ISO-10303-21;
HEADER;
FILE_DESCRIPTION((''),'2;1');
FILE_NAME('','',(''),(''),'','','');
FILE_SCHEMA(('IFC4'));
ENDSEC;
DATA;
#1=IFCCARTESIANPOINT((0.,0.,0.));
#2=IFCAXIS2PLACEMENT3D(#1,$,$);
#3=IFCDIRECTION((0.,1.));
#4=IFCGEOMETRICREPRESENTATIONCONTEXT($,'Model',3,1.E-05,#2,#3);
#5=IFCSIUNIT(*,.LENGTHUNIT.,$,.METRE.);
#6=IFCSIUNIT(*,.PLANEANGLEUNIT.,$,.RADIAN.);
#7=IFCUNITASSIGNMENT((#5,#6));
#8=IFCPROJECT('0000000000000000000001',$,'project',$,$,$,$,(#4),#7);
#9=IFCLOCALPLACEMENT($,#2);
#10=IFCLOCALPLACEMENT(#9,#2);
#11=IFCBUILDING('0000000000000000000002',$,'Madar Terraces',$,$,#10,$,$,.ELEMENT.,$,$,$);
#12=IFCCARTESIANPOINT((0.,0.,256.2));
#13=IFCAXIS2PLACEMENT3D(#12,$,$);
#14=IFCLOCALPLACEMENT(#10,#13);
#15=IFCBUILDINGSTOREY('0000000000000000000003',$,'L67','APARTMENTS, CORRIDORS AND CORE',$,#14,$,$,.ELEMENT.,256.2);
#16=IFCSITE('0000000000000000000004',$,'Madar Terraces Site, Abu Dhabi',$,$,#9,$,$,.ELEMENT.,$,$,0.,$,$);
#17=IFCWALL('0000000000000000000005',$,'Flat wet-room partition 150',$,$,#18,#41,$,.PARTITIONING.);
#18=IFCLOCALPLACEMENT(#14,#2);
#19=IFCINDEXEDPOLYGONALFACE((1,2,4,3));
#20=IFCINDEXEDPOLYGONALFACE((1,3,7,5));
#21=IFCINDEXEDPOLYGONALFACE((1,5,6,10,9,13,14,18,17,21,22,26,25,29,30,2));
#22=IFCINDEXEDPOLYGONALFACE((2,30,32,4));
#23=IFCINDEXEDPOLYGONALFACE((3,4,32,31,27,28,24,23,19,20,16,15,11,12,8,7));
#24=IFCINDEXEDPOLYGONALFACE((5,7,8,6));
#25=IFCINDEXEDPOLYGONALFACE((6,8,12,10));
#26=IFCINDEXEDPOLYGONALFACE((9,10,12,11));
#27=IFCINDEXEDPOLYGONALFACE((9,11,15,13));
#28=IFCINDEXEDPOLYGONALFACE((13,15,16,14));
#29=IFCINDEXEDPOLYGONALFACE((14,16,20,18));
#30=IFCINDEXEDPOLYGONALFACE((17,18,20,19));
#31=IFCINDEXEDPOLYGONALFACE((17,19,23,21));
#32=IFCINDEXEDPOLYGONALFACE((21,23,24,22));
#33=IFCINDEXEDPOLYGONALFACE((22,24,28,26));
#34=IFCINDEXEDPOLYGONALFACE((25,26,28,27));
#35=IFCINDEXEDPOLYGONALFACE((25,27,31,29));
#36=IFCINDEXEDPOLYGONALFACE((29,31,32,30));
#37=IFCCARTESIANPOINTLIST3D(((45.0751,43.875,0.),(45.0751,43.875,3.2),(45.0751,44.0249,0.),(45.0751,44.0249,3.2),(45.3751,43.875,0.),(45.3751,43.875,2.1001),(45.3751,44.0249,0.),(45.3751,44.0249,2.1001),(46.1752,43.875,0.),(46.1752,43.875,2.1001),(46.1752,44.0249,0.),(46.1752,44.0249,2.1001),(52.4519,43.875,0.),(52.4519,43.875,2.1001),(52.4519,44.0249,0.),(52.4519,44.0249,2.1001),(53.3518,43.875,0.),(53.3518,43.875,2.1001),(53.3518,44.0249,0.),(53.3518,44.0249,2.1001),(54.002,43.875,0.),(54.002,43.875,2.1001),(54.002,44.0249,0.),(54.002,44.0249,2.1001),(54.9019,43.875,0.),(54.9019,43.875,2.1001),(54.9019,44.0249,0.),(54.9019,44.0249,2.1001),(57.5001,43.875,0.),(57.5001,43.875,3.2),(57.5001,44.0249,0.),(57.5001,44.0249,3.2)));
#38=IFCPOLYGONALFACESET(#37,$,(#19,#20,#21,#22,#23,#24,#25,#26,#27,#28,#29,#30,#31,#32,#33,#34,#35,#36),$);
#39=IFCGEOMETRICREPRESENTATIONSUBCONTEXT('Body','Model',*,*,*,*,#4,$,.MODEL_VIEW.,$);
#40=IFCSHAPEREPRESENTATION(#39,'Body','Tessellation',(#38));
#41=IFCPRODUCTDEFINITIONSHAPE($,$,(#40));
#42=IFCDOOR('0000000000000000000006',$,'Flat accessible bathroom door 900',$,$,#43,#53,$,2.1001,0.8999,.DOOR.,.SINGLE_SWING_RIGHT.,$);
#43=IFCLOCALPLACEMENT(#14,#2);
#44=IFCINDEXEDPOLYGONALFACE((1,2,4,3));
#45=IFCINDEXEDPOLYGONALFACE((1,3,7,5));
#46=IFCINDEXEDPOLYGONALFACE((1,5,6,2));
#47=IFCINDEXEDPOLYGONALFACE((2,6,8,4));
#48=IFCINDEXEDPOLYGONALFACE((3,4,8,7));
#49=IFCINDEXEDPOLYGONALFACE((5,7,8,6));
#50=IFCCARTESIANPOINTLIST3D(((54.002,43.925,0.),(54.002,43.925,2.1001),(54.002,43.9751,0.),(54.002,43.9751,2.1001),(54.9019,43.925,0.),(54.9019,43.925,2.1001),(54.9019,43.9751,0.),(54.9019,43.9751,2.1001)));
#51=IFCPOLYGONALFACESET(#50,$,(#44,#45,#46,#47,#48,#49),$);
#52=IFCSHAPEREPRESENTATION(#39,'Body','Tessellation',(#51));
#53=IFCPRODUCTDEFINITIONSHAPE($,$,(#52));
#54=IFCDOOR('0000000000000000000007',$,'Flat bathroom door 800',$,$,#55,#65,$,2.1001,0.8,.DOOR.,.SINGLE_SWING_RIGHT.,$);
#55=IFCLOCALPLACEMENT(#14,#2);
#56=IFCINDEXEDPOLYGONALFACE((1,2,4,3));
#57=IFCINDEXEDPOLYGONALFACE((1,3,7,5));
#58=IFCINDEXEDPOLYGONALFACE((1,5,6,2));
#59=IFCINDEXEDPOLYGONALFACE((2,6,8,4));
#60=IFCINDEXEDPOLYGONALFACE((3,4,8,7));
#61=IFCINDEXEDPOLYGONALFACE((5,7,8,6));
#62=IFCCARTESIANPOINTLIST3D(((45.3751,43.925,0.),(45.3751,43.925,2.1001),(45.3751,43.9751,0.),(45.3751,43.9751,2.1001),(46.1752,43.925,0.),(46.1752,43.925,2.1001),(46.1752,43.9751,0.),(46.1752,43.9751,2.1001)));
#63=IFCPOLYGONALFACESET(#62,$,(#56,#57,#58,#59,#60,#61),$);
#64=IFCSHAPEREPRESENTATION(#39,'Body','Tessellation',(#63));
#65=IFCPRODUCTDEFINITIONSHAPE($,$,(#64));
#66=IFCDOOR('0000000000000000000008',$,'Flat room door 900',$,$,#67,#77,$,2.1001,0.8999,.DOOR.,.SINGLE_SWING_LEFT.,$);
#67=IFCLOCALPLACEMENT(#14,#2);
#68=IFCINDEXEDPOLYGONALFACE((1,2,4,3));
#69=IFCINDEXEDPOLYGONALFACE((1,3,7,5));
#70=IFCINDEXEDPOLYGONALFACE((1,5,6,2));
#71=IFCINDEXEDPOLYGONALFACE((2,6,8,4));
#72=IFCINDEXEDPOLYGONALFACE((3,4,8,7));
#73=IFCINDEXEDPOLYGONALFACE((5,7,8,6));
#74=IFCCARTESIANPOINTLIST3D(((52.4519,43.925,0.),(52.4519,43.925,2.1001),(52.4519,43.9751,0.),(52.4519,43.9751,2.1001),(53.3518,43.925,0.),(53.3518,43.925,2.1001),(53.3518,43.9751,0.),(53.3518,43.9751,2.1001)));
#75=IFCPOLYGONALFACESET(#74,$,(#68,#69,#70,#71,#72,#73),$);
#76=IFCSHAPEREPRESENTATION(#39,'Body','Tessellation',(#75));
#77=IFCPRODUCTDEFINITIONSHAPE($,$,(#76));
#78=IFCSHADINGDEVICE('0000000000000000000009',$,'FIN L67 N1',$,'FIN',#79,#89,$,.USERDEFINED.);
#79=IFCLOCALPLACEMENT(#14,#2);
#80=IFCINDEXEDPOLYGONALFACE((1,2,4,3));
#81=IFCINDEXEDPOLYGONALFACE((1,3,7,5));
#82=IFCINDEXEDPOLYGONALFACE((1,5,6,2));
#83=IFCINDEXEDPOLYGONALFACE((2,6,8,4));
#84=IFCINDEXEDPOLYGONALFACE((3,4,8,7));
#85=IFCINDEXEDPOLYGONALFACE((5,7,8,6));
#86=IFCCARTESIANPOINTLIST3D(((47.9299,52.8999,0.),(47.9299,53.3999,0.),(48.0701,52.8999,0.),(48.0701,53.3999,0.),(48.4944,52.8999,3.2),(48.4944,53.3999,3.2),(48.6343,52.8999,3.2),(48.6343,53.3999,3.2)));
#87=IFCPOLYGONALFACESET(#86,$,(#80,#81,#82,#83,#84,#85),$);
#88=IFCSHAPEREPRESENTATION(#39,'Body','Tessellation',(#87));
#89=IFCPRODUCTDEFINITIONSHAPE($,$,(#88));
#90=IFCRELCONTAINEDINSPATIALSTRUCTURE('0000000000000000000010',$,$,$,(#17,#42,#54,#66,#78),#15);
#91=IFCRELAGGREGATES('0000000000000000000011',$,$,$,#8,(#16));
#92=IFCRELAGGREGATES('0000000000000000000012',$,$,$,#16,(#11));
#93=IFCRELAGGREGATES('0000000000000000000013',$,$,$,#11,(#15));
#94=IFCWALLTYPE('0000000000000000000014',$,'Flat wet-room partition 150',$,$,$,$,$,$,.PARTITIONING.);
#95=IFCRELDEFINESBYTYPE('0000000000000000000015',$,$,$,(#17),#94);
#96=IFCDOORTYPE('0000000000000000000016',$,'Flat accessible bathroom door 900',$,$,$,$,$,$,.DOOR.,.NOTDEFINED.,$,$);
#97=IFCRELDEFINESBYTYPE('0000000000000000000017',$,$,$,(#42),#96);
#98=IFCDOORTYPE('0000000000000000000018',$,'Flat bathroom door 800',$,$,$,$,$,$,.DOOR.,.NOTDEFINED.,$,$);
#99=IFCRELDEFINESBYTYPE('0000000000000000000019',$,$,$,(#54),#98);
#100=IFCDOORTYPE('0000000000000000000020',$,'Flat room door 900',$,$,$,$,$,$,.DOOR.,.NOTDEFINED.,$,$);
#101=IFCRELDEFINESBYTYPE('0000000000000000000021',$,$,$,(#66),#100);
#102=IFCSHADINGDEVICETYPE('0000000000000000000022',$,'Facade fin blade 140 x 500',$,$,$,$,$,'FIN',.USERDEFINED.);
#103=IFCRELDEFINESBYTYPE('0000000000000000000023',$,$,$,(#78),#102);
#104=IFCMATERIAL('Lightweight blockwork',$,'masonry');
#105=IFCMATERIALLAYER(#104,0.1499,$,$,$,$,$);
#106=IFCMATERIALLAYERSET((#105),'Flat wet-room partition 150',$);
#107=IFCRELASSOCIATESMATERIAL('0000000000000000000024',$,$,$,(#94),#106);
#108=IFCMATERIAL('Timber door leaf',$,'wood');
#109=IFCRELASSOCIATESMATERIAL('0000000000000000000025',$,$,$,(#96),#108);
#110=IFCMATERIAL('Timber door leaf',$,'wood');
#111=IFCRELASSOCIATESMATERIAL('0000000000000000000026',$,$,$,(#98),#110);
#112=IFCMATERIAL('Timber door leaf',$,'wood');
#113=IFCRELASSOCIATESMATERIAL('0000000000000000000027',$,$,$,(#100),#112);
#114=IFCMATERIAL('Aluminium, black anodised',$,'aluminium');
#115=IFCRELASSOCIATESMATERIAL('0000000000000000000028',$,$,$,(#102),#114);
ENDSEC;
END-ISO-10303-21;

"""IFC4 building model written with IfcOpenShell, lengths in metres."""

from ifc_helpers import new_model, si_unit, direction, frame, frame_2d, origin, place, context, subcontext, project, spatial, polyline, rectangle, outline, extrude, material, layer, layer_set, type_object, element, fill, save


model = new_model("IFC4")

# Units and contexts
model_context = context("Model", 3, precision=1e-05, world=origin(), true_north=direction((0.0, 1.0)))
body_context = subcontext(model_context, "Body", "Model", "MODEL_VIEW")
ifc_project = project(units=[si_unit("LENGTHUNIT", "METRE"), si_unit("PLANEANGLEUNIT", "RADIAN")], contexts=[model_context])

# Site, building, storey
site_placement = place(None, origin())
site = spatial("IfcSite", under=ifc_project, at=site_placement, Name="Madar Terraces Site, Abu Dhabi", CompositionType="ELEMENT", RefElevation=0.0)
building_placement = place(site_placement, origin())
building = spatial("IfcBuilding", under=site, at=building_placement, Name="Madar Terraces", CompositionType="ELEMENT")
storey_placement = place(building_placement, frame((0.0, 0.0, 256.2)))
storey = spatial("IfcBuildingStorey", under=building, at=storey_placement, Name="L67", Description="APARTMENTS, CORRIDORS AND CORE", CompositionType="ELEMENT", Elevation=256.2)

# Wall, openings, doors
ifc_material_1 = material(Name="Lightweight blockwork", Category="masonry")
ifc_layer_1 = layer(ifc_material_1, 0.1499)
ifc_layer_set_1 = layer_set([ifc_layer_1], Name="Flat wet-room partition 150")
wall_type_1 = type_object("IfcWallType", Name="Flat wet-room partition 150", PredefinedType="PARTITIONING", material=ifc_layer_set_1)
wall_1_placement = place(storey_placement, frame((57.5, 43.95, 0.0), z_axis=(0.0, 0.0, 1.0), x_axis=(-1.0, 0.0, 0.0)))
wall_1 = element("IfcWall", 1, at=wall_1_placement, inside=storey, type_object=wall_type_1, Name="Flat wet-room partition 150", PredefinedType="PARTITIONING", context=body_context, shape_type="SweptSolid", body=[
    extrude(rectangle(XDim=12.425, YDim=0.1499, at=frame_2d((6.2124, 0.0))), origin(), (0.0, 0.0, 1.0), 3.2),
])
opening_1_placement = place(wall_1_placement, frame((11.325, 0.0, 0.0)))
opening_1 = element("IfcOpeningElement", 2, at=opening_1_placement, cuts=wall_1, PredefinedType="OPENING", context=body_context, shape_type="SweptSolid", body=[
    extrude(rectangle(XDim=0.8, YDim=2.1001, at=frame_2d((0.3999, 1.05))), frame((0.0, 0.085, 0.0), z_axis=(0.0, -1.0, 0.0), x_axis=(1.0, 0.0, 0.0)), (0.0, 0.0, 1.0), 0.1699),
])
opening_2_placement = place(wall_1_placement, frame((4.1482, 0.0, 0.0)))
opening_2 = element("IfcOpeningElement", 3, at=opening_2_placement, cuts=wall_1, PredefinedType="OPENING", context=body_context, shape_type="SweptSolid", body=[
    extrude(rectangle(XDim=0.8999, YDim=2.1001, at=frame_2d((0.45, 1.05))), frame((0.0, 0.085, 0.0), z_axis=(0.0, -1.0, 0.0), x_axis=(1.0, 0.0, 0.0)), (0.0, 0.0, 1.0), 0.1699),
])
opening_3_placement = place(wall_1_placement, frame((2.5981, 0.0, 0.0)))
opening_3 = element("IfcOpeningElement", 4, at=opening_3_placement, cuts=wall_1, PredefinedType="OPENING", context=body_context, shape_type="SweptSolid", body=[
    extrude(rectangle(XDim=0.8999, YDim=2.1001, at=frame_2d((0.45, 1.05))), frame((0.0, 0.085, 0.0), z_axis=(0.0, -1.0, 0.0), x_axis=(1.0, 0.0, 0.0)), (0.0, 0.0, 1.0), 0.1699),
])
ifc_material_2 = material(Name="Timber door leaf", Category="wood")
door_type_1 = type_object("IfcDoorType", Name="Flat accessible bathroom door 900", OperationType="NOTDEFINED", PredefinedType="DOOR", material=ifc_material_2)
door_1_placement = place(opening_3_placement, origin())
door_1 = element("IfcDoor", 5, at=door_1_placement, inside=storey, type_object=door_type_1, Name="Flat accessible bathroom door 900", OperationType="SINGLE_SWING_RIGHT", OverallHeight=2.1001, OverallWidth=0.8999, PredefinedType="DOOR", context=body_context, shape_type="SweptSolid", body=[
    extrude(rectangle(XDim=0.8999, YDim=2.1001, at=frame_2d((0.45, 1.05))), frame((0.0, 0.0249, 0.0), z_axis=(0.0, -1.0, 0.0), x_axis=(1.0, 0.0, 0.0)), (0.0, 0.0, 1.0), 0.05),
])
fill(opening_3, door_1)
ifc_material_3 = material(Name="Timber door leaf", Category="wood")
door_type_2 = type_object("IfcDoorType", Name="Flat bathroom door 800", OperationType="NOTDEFINED", PredefinedType="DOOR", material=ifc_material_3)
door_2_placement = place(opening_1_placement, origin())
door_2 = element("IfcDoor", 6, at=door_2_placement, inside=storey, type_object=door_type_2, Name="Flat bathroom door 800", OperationType="SINGLE_SWING_RIGHT", OverallHeight=2.1001, OverallWidth=0.8, PredefinedType="DOOR", context=body_context, shape_type="SweptSolid", body=[
    extrude(rectangle(XDim=0.8, YDim=2.1001, at=frame_2d((0.3999, 1.05))), frame((0.0, 0.0249, 0.0), z_axis=(0.0, -1.0, 0.0), x_axis=(1.0, 0.0, 0.0)), (0.0, 0.0, 1.0), 0.05),
])
fill(opening_1, door_2)
ifc_material_4 = material(Name="Timber door leaf", Category="wood")
door_type_3 = type_object("IfcDoorType", Name="Flat room door 900", OperationType="NOTDEFINED", PredefinedType="DOOR", material=ifc_material_4)
door_3_placement = place(opening_2_placement, origin())
door_3 = element("IfcDoor", 7, at=door_3_placement, inside=storey, type_object=door_type_3, Name="Flat room door 900", OperationType="SINGLE_SWING_LEFT", OverallHeight=2.1001, OverallWidth=0.8999, PredefinedType="DOOR", context=body_context, shape_type="SweptSolid", body=[
    extrude(rectangle(XDim=0.8999, YDim=2.1001, at=frame_2d((0.45, 1.05))), frame((0.0, 0.0249, 0.0), z_axis=(0.0, -1.0, 0.0), x_axis=(1.0, 0.0, 0.0)), (0.0, 0.0, 1.0), 0.05),
])
fill(opening_2, door_3)

# Shading device
ifc_material_5 = material(Name="Aluminium, black anodised", Category="aluminium")
shading_device_type = type_object("IfcShadingDeviceType", Name="Facade fin blade 140 x 500", ElementType="FIN", PredefinedType="USERDEFINED", material=ifc_material_5)
shading_device_placement = place(storey_placement, frame((48.0701, 53.1499, 0.0), z_axis=(0.0, 0.0, 1.0), x_axis=(-1.0, 0.0, 0.0)))
element("IfcShadingDevice", 8, at=shading_device_placement, inside=storey, type_object=shading_device_type, Name="FIN L67 N1", ObjectType="FIN", PredefinedType="USERDEFINED", context=body_context, shape_type="SweptSolid", body=[
    extrude(outline(polyline([(0.0, 0.0), (0.1401, 0.0), (-0.4243, 3.2), (-0.5642, 3.2), (0.0, 0.0)])), frame((0.0, 0.25, 0.0), z_axis=(0.0, -1.0, 0.0), x_axis=(1.0, 0.0, 0.0)), (0.0, 0.0, 1.0), 0.5),
])

save(model, "model.ifc")
